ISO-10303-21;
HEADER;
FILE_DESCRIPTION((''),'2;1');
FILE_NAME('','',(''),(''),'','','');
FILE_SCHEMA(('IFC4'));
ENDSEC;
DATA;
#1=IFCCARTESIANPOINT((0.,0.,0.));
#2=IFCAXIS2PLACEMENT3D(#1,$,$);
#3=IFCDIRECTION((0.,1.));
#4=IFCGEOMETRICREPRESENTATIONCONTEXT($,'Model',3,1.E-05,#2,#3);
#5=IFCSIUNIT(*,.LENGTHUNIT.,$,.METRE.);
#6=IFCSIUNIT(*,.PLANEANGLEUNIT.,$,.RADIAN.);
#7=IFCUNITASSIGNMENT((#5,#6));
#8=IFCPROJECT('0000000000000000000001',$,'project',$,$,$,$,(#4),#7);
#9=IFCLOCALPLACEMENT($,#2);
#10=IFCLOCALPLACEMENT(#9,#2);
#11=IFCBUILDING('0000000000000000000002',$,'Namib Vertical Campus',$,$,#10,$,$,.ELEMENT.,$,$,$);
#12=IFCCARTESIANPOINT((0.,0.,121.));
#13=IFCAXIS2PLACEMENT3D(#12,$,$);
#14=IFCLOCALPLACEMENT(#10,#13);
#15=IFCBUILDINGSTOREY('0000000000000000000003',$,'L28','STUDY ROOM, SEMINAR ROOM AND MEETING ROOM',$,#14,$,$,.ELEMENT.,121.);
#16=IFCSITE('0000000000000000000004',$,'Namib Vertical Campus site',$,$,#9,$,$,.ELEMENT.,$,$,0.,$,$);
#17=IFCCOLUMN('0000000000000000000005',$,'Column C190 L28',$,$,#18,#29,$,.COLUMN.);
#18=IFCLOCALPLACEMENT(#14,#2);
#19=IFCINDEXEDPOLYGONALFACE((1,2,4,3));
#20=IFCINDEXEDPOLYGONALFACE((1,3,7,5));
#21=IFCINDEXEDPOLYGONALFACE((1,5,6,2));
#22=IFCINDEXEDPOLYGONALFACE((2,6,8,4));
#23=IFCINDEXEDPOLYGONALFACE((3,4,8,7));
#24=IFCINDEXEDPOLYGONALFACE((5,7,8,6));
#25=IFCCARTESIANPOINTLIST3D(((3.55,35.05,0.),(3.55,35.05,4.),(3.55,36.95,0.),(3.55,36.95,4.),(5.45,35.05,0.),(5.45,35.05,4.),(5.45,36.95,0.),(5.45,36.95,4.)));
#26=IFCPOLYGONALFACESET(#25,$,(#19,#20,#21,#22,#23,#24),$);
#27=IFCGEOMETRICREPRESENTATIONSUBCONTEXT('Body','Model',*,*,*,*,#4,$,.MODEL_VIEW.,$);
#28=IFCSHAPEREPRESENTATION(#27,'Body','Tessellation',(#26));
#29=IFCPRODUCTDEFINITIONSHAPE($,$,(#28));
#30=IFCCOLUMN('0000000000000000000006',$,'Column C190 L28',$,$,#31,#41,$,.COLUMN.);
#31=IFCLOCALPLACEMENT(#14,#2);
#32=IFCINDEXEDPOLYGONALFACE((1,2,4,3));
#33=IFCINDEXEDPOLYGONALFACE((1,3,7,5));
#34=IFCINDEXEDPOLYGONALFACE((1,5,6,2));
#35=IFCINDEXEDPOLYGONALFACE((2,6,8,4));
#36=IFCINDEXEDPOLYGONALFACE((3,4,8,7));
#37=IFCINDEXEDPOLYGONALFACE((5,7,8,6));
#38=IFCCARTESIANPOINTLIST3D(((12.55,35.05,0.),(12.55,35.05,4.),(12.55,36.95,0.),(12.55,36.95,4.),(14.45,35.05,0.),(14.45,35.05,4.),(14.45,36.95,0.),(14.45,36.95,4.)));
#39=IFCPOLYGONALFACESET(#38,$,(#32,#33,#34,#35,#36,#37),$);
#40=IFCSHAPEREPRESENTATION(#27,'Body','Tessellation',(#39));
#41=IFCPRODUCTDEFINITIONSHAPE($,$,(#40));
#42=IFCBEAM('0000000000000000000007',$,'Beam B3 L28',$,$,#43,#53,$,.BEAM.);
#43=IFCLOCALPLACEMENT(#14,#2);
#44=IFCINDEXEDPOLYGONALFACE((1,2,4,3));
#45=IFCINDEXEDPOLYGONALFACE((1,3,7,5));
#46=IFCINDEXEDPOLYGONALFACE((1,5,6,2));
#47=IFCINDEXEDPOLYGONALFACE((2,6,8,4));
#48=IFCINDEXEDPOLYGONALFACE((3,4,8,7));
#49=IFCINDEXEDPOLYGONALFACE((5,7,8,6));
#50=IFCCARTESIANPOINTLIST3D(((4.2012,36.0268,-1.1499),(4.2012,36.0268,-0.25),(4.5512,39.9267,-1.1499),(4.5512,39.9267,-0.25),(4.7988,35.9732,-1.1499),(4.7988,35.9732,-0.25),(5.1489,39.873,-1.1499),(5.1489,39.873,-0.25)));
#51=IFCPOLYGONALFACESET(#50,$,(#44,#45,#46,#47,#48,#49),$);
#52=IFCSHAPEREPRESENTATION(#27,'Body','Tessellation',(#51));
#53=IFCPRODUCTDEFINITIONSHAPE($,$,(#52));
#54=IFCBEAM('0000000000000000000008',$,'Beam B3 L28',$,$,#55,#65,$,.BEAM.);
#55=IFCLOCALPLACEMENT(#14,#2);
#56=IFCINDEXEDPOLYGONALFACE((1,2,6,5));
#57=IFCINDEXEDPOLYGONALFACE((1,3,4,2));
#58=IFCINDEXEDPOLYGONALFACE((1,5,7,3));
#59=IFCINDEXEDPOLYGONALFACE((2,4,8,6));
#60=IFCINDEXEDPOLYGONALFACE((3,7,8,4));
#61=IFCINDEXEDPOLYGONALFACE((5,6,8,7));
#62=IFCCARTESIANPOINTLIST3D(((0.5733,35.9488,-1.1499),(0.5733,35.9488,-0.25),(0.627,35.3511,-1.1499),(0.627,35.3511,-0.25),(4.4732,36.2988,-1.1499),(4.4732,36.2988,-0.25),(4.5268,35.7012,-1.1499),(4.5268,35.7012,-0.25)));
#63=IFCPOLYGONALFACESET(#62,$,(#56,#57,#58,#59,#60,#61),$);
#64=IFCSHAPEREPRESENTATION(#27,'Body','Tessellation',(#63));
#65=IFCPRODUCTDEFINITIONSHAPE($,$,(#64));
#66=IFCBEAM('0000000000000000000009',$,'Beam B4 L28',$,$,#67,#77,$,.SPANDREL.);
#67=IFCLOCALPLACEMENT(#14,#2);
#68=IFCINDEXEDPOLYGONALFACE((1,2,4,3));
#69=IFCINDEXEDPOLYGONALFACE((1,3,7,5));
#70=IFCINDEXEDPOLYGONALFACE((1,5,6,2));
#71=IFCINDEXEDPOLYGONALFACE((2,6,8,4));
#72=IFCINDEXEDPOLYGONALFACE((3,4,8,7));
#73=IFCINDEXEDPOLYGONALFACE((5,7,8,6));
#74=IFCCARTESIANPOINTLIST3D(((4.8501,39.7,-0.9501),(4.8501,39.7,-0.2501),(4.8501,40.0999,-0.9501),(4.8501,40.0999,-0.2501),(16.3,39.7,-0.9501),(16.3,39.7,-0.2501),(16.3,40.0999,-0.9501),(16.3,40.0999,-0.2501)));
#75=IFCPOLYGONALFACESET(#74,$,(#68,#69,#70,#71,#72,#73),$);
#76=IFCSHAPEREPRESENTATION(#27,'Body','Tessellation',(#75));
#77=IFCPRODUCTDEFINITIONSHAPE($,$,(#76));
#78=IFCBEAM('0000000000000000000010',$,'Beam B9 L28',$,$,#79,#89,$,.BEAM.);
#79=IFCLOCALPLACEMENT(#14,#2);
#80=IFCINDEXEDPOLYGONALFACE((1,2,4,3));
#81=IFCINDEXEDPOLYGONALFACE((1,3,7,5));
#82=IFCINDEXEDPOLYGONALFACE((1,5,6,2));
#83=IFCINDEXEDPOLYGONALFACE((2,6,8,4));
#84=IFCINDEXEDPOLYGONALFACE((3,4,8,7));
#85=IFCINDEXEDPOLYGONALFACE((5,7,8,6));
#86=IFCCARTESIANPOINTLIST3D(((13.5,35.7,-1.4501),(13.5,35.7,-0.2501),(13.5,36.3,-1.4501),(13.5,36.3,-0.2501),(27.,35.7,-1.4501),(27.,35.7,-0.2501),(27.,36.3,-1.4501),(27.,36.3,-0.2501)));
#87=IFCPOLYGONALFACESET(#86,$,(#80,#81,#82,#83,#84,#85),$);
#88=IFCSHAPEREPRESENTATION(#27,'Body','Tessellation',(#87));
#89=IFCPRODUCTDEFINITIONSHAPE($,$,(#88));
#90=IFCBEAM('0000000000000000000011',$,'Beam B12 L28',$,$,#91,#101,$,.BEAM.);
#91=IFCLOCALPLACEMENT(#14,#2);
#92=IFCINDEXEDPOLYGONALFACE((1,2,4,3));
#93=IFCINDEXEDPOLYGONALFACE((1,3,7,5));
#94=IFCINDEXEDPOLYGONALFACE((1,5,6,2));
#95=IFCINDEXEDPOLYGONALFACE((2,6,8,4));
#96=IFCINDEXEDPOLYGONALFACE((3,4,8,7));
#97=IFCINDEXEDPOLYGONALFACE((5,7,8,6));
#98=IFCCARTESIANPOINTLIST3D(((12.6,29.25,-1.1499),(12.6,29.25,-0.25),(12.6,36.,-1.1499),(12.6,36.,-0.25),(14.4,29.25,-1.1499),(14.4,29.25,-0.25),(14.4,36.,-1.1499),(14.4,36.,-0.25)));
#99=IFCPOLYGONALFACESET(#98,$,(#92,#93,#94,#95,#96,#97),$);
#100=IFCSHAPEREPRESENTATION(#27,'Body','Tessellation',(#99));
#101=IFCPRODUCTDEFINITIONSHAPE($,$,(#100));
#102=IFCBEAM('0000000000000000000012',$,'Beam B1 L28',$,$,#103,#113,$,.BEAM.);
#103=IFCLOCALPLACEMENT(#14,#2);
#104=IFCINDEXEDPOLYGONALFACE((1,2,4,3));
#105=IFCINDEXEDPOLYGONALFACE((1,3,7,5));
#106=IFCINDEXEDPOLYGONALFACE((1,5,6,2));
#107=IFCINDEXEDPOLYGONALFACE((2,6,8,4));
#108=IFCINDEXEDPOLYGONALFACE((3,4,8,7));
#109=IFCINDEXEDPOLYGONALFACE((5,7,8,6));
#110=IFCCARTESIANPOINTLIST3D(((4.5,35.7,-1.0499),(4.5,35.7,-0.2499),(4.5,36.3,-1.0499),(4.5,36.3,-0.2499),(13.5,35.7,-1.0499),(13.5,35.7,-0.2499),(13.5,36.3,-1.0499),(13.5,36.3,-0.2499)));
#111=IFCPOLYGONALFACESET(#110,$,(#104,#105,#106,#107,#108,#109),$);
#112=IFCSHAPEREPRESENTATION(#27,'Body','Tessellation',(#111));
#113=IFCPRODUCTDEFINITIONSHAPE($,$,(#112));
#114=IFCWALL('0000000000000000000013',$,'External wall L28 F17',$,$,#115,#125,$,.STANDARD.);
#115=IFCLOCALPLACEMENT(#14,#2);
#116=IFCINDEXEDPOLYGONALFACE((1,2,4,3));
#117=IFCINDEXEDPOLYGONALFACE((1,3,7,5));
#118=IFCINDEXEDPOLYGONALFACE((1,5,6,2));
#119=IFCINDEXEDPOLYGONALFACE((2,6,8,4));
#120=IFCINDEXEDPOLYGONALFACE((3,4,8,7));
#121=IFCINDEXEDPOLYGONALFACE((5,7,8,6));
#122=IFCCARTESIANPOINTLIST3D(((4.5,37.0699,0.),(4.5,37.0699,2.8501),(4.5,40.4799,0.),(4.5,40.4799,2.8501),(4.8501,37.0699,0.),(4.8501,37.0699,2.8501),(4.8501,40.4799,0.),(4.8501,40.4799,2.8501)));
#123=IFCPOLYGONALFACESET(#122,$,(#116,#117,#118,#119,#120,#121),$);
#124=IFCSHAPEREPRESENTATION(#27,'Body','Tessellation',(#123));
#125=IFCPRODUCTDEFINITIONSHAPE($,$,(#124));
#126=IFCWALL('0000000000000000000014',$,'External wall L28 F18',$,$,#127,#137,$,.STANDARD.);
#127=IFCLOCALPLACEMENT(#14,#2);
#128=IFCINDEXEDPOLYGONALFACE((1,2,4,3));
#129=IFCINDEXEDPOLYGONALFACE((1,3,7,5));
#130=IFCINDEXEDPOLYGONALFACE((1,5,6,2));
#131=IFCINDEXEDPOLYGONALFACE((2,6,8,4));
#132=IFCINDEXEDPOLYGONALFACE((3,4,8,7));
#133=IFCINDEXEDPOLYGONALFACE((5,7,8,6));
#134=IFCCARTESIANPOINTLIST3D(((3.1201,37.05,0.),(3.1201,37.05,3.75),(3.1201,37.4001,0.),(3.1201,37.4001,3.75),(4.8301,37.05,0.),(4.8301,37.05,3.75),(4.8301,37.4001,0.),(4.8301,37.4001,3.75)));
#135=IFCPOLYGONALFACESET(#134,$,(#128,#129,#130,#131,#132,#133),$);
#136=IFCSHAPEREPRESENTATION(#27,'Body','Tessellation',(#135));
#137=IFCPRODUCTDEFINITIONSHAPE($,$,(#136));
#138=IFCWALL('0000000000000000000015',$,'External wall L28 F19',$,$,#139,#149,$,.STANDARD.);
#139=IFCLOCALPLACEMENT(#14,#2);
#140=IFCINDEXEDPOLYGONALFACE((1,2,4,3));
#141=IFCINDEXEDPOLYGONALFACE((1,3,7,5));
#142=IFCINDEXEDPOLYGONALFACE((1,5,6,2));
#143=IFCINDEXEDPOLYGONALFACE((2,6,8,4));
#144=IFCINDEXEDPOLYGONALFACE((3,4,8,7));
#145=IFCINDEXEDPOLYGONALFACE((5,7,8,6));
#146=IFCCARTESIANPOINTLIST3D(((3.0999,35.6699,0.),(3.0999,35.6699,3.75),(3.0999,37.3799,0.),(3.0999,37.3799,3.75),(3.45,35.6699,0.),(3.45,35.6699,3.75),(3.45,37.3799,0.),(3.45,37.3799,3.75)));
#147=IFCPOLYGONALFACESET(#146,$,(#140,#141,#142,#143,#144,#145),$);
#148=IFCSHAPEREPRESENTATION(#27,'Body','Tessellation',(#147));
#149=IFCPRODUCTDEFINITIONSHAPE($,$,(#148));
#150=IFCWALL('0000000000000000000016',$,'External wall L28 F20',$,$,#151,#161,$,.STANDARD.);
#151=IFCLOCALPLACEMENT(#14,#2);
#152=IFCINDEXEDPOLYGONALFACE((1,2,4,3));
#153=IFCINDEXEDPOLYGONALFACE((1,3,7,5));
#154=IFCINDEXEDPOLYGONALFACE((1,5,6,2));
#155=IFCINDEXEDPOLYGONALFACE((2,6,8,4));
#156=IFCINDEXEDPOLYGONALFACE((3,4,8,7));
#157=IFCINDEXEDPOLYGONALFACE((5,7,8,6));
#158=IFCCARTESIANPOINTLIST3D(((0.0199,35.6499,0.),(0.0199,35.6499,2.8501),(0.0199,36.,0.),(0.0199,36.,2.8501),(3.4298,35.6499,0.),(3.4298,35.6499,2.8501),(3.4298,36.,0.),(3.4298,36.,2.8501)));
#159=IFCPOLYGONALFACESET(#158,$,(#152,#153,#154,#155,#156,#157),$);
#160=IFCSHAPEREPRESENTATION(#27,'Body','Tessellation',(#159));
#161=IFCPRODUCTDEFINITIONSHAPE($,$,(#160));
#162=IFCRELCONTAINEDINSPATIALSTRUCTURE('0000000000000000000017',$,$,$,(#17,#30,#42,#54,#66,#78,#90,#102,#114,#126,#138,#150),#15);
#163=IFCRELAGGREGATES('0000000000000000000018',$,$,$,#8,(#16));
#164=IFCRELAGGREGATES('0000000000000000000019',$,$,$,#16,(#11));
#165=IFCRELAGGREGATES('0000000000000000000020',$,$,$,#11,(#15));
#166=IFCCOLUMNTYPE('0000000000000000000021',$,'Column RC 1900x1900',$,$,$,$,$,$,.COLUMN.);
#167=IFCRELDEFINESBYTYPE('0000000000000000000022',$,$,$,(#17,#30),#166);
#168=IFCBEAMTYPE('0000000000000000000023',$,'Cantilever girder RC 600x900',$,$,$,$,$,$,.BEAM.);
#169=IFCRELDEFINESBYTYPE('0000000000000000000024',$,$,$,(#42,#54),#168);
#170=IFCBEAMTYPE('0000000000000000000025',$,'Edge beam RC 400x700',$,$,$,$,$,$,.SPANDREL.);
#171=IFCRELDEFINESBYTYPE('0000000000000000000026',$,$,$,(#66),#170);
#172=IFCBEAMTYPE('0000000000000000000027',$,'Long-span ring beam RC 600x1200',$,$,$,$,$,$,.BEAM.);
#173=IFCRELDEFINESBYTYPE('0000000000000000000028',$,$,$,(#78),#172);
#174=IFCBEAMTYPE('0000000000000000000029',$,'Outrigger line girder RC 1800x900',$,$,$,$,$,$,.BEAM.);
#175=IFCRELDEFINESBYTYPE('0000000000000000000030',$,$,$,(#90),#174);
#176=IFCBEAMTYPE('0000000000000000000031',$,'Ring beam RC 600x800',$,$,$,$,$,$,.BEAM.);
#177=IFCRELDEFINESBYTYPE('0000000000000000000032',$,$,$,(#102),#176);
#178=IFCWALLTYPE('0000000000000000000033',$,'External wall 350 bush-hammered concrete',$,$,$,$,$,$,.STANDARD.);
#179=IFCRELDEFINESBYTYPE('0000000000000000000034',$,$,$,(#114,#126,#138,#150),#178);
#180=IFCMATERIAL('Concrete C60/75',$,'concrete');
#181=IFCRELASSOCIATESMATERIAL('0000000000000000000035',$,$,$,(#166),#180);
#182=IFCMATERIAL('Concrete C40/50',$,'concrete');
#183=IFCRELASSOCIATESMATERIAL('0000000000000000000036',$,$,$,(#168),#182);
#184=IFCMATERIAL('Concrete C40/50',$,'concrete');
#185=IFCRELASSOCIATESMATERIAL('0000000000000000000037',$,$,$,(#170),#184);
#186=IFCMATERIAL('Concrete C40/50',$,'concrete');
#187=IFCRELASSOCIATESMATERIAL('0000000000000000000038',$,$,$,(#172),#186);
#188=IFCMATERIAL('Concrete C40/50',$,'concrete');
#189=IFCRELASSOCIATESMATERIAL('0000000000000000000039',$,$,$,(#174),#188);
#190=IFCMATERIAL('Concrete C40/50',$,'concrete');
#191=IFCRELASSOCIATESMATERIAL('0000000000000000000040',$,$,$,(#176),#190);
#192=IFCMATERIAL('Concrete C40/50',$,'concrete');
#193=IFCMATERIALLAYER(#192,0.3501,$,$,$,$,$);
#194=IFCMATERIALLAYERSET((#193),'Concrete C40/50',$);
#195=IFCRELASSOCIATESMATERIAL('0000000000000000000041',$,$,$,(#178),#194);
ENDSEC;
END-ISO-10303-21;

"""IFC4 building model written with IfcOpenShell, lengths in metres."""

from ifc_helpers import new_model, si_unit, direction, frame, frame_2d, origin, origin_2d, place, context, subcontext, project, spatial, rectangle, extrude, material, layer, layer_set, material_profile, profile_set, type_object, element, save


model = new_model("IFC4")

# Units and contexts
model_context = context("Model", 3, precision=1e-05, world=origin(), true_north=direction((0.0, 1.0)))
body_context = subcontext(model_context, "Body", "Model", "MODEL_VIEW")
ifc_project = project(units=[si_unit("LENGTHUNIT", "METRE"), si_unit("PLANEANGLEUNIT", "RADIAN")], contexts=[model_context])

# Site, building, storey
site_placement = place(None, origin())
site = spatial("IfcSite", under=ifc_project, at=site_placement, Name="Namib Vertical Campus site", CompositionType="ELEMENT", RefElevation=0.0)
building_placement = place(site_placement, origin())
building = spatial("IfcBuilding", under=site, at=building_placement, Name="Namib Vertical Campus", CompositionType="ELEMENT")
storey_placement = place(building_placement, frame((0.0, 0.0, 121.0)))
storey = spatial("IfcBuildingStorey", under=building, at=storey_placement, Name="L28", Description="STUDY ROOM, SEMINAR ROOM AND MEETING ROOM", CompositionType="ELEMENT", Elevation=121.0)

# Columns
ifc_material_1 = material(Name="Concrete C60/75", Category="concrete")
ifc_material_profile_1 = material_profile(ifc_material_1, rectangle(XDim=1.8999, YDim=1.8999, at=origin_2d()))
ifc_profile_set_1 = profile_set([ifc_material_profile_1], Name="Concrete C60/75")
column_type = type_object("IfcColumnType", Name="Column RC 1900x1900", PredefinedType="COLUMN", material=ifc_profile_set_1)
for number, where, z_axis, x_axis, name in (
    (1, (4.5, 36.0, 0.0), (0.0, 0.0, 1.0), (1.0, 0.0, 0.0), "Column C190 L28"),
    (2, (13.5, 36.0, 0.0), (0.0, 0.0, 1.0), (1.0, 0.0, 0.0), "Column C190 L28"),
):
    element("IfcColumn", number, at=place(storey_placement, frame(where, z_axis=z_axis, x_axis=x_axis)), inside=storey, type_object=column_type, Name=name, PredefinedType="COLUMN", context=body_context, shape_type="SweptSolid", body=[
        extrude(rectangle(XDim=1.8999, YDim=1.8999, at=origin_2d()), origin(), (0.0, 0.0, 1.0), 4.0),
    ])

# Beams
ifc_material_2 = material(Name="Concrete C40/50", Category="concrete")
ifc_material_profile_2 = material_profile(ifc_material_2, rectangle(XDim=0.6001, YDim=0.8999, at=origin_2d()))
ifc_profile_set_2 = profile_set([ifc_material_profile_2], Name="Concrete C40/50")
beam_type_1 = type_object("IfcBeamType", Name="Cantilever girder RC 600x900", PredefinedType="BEAM", material=ifc_profile_set_2)
for number, where, z_axis, x_axis, name in (
    (3, (4.5, 36.0, -0.7), (0.089411, 0.995995, 0.0), (-0.995995, 0.089411, 0.0), "Beam B3 L28"),
    (4, (4.5, 36.0, -0.7), (-0.995995, -0.089411, 0.0), (0.089411, -0.995995, 0.0), "Beam B3 L28"),
):
    element("IfcBeam", number, at=place(storey_placement, frame(where, z_axis=z_axis, x_axis=x_axis)), inside=storey, type_object=beam_type_1, Name=name, PredefinedType="BEAM", context=body_context, shape_type="SweptSolid", body=[
        extrude(rectangle(XDim=0.6001, YDim=0.8999, at=origin_2d()), origin(), (0.0, 0.0, 1.0), 3.9155),
    ])
ifc_material_3 = material(Name="Concrete C40/50", Category="concrete")
ifc_material_profile_3 = material_profile(ifc_material_3, rectangle(XDim=0.3999, YDim=0.7, at=origin_2d()))
ifc_profile_set_3 = profile_set([ifc_material_profile_3], Name="Concrete C40/50")
beam_type_2 = type_object("IfcBeamType", Name="Edge beam RC 400x700", PredefinedType="SPANDREL", material=ifc_profile_set_3)
beam_1_placement = place(storey_placement, frame((4.8501, 39.8999, -0.6001), z_axis=(1.0, 0.0, 0.0), x_axis=(0.0, 1.0, 0.0)))
element("IfcBeam", 5, at=beam_1_placement, inside=storey, type_object=beam_type_2, Name="Beam B4 L28", PredefinedType="SPANDREL", context=body_context, shape_type="SweptSolid", body=[
    extrude(rectangle(XDim=0.3999, YDim=0.7, at=origin_2d()), origin(), (0.0, 0.0, 1.0), 11.45),
])
ifc_material_4 = material(Name="Concrete C40/50", Category="concrete")
ifc_material_profile_4 = material_profile(ifc_material_4, rectangle(XDim=0.6001, YDim=1.2, at=origin_2d()))
ifc_profile_set_4 = profile_set([ifc_material_profile_4], Name="Concrete C40/50")
beam_type_3 = type_object("IfcBeamType", Name="Long-span ring beam RC 600x1200", PredefinedType="BEAM", material=ifc_profile_set_4)
beam_2_placement = place(storey_placement, frame((13.5, 36.0, -0.8501), z_axis=(1.0, 0.0, 0.0), x_axis=(0.0, 1.0, 0.0)))
element("IfcBeam", 6, at=beam_2_placement, inside=storey, type_object=beam_type_3, Name="Beam B9 L28", PredefinedType="BEAM", context=body_context, shape_type="SweptSolid", body=[
    extrude(rectangle(XDim=0.6001, YDim=1.2, at=origin_2d()), origin(), (0.0, 0.0, 1.0), 13.5),
])
ifc_material_5 = material(Name="Concrete C40/50", Category="concrete")
ifc_material_profile_5 = material_profile(ifc_material_5, rectangle(XDim=1.8, YDim=0.8999, at=origin_2d()))
ifc_profile_set_5 = profile_set([ifc_material_profile_5], Name="Concrete C40/50")
beam_type_4 = type_object("IfcBeamType", Name="Outrigger line girder RC 1800x900", PredefinedType="BEAM", material=ifc_profile_set_5)
beam_3_placement = place(storey_placement, frame((13.5, 36.0, -0.7), z_axis=(0.0, -1.0, 0.0), x_axis=(1.0, 0.0, 0.0)))
element("IfcBeam", 7, at=beam_3_placement, inside=storey, type_object=beam_type_4, Name="Beam B12 L28", PredefinedType="BEAM", context=body_context, shape_type="SweptSolid", body=[
    extrude(rectangle(XDim=1.8, YDim=0.8999, at=origin_2d()), origin(), (0.0, 0.0, 1.0), 6.75),
])
ifc_material_6 = material(Name="Concrete C40/50", Category="concrete")
ifc_material_profile_6 = material_profile(ifc_material_6, rectangle(XDim=0.6001, YDim=0.8, at=origin_2d()))
ifc_profile_set_6 = profile_set([ifc_material_profile_6], Name="Concrete C40/50")
beam_type_5 = type_object("IfcBeamType", Name="Ring beam RC 600x800", PredefinedType="BEAM", material=ifc_profile_set_6)
beam_4_placement = place(storey_placement, frame((4.5, 36.0, -0.6499), z_axis=(1.0, 0.0, 0.0), x_axis=(0.0, 1.0, 0.0)))
element("IfcBeam", 8, at=beam_4_placement, inside=storey, type_object=beam_type_5, Name="Beam B1 L28", PredefinedType="BEAM", context=body_context, shape_type="SweptSolid", body=[
    extrude(rectangle(XDim=0.6001, YDim=0.8, at=origin_2d()), origin(), (0.0, 0.0, 1.0), 9.0),
])

# Walls
ifc_material_7 = material(Name="Concrete C40/50", Category="concrete")
ifc_layer_1 = layer(ifc_material_7, 0.3501)
ifc_layer_set_1 = layer_set([ifc_layer_1], Name="Concrete C40/50")
wall_type = type_object("IfcWallType", Name="External wall 350 bush-hammered concrete", PredefinedType="STANDARD", material=ifc_layer_set_1)
wall_1_placement = place(storey_placement, frame((4.675, 40.48, 0.0), z_axis=(0.0, 0.0, 1.0), x_axis=(0.0, -1.0, 0.0)))
element("IfcWall", 9, at=wall_1_placement, inside=storey, type_object=wall_type, Name="External wall L28 F17", PredefinedType="STANDARD", context=body_context, shape_type="SweptSolid", body=[
    extrude(rectangle(XDim=3.4099, YDim=0.3501, at=frame_2d((1.7051, 0.0))), origin(), (0.0, 0.0, 1.0), 2.8501),
])
for number, where, z_axis, x_axis, name in (
    (10, (4.8301, 37.2251, 0.0), (0.0, 0.0, 1.0), (-1.0, 0.0, 0.0), "External wall L28 F18"),
    (11, (3.2749, 37.3799, 0.0), (0.0, 0.0, 1.0), (0.0, -1.0, 0.0), "External wall L28 F19"),
):
    element("IfcWall", number, at=place(storey_placement, frame(where, z_axis=z_axis, x_axis=x_axis)), inside=storey, type_object=wall_type, Name=name, PredefinedType="STANDARD", context=body_context, shape_type="SweptSolid", body=[
        extrude(rectangle(XDim=1.71, YDim=0.3501, at=frame_2d((0.855, 0.0))), origin(), (0.0, 0.0, 1.0), 3.75),
    ])
wall_2_placement = place(storey_placement, frame((3.4299, 35.825, 0.0), z_axis=(0.0, 0.0, 1.0), x_axis=(-1.0, 0.0, 0.0)))
element("IfcWall", 12, at=wall_2_placement, inside=storey, type_object=wall_type, Name="External wall L28 F20", PredefinedType="STANDARD", context=body_context, shape_type="SweptSolid", body=[
    extrude(rectangle(XDim=3.4099, YDim=0.3501, at=frame_2d((1.7051, 0.0))), origin(), (0.0, 0.0, 1.0), 2.8501),
])

save(model, "model.ifc")
